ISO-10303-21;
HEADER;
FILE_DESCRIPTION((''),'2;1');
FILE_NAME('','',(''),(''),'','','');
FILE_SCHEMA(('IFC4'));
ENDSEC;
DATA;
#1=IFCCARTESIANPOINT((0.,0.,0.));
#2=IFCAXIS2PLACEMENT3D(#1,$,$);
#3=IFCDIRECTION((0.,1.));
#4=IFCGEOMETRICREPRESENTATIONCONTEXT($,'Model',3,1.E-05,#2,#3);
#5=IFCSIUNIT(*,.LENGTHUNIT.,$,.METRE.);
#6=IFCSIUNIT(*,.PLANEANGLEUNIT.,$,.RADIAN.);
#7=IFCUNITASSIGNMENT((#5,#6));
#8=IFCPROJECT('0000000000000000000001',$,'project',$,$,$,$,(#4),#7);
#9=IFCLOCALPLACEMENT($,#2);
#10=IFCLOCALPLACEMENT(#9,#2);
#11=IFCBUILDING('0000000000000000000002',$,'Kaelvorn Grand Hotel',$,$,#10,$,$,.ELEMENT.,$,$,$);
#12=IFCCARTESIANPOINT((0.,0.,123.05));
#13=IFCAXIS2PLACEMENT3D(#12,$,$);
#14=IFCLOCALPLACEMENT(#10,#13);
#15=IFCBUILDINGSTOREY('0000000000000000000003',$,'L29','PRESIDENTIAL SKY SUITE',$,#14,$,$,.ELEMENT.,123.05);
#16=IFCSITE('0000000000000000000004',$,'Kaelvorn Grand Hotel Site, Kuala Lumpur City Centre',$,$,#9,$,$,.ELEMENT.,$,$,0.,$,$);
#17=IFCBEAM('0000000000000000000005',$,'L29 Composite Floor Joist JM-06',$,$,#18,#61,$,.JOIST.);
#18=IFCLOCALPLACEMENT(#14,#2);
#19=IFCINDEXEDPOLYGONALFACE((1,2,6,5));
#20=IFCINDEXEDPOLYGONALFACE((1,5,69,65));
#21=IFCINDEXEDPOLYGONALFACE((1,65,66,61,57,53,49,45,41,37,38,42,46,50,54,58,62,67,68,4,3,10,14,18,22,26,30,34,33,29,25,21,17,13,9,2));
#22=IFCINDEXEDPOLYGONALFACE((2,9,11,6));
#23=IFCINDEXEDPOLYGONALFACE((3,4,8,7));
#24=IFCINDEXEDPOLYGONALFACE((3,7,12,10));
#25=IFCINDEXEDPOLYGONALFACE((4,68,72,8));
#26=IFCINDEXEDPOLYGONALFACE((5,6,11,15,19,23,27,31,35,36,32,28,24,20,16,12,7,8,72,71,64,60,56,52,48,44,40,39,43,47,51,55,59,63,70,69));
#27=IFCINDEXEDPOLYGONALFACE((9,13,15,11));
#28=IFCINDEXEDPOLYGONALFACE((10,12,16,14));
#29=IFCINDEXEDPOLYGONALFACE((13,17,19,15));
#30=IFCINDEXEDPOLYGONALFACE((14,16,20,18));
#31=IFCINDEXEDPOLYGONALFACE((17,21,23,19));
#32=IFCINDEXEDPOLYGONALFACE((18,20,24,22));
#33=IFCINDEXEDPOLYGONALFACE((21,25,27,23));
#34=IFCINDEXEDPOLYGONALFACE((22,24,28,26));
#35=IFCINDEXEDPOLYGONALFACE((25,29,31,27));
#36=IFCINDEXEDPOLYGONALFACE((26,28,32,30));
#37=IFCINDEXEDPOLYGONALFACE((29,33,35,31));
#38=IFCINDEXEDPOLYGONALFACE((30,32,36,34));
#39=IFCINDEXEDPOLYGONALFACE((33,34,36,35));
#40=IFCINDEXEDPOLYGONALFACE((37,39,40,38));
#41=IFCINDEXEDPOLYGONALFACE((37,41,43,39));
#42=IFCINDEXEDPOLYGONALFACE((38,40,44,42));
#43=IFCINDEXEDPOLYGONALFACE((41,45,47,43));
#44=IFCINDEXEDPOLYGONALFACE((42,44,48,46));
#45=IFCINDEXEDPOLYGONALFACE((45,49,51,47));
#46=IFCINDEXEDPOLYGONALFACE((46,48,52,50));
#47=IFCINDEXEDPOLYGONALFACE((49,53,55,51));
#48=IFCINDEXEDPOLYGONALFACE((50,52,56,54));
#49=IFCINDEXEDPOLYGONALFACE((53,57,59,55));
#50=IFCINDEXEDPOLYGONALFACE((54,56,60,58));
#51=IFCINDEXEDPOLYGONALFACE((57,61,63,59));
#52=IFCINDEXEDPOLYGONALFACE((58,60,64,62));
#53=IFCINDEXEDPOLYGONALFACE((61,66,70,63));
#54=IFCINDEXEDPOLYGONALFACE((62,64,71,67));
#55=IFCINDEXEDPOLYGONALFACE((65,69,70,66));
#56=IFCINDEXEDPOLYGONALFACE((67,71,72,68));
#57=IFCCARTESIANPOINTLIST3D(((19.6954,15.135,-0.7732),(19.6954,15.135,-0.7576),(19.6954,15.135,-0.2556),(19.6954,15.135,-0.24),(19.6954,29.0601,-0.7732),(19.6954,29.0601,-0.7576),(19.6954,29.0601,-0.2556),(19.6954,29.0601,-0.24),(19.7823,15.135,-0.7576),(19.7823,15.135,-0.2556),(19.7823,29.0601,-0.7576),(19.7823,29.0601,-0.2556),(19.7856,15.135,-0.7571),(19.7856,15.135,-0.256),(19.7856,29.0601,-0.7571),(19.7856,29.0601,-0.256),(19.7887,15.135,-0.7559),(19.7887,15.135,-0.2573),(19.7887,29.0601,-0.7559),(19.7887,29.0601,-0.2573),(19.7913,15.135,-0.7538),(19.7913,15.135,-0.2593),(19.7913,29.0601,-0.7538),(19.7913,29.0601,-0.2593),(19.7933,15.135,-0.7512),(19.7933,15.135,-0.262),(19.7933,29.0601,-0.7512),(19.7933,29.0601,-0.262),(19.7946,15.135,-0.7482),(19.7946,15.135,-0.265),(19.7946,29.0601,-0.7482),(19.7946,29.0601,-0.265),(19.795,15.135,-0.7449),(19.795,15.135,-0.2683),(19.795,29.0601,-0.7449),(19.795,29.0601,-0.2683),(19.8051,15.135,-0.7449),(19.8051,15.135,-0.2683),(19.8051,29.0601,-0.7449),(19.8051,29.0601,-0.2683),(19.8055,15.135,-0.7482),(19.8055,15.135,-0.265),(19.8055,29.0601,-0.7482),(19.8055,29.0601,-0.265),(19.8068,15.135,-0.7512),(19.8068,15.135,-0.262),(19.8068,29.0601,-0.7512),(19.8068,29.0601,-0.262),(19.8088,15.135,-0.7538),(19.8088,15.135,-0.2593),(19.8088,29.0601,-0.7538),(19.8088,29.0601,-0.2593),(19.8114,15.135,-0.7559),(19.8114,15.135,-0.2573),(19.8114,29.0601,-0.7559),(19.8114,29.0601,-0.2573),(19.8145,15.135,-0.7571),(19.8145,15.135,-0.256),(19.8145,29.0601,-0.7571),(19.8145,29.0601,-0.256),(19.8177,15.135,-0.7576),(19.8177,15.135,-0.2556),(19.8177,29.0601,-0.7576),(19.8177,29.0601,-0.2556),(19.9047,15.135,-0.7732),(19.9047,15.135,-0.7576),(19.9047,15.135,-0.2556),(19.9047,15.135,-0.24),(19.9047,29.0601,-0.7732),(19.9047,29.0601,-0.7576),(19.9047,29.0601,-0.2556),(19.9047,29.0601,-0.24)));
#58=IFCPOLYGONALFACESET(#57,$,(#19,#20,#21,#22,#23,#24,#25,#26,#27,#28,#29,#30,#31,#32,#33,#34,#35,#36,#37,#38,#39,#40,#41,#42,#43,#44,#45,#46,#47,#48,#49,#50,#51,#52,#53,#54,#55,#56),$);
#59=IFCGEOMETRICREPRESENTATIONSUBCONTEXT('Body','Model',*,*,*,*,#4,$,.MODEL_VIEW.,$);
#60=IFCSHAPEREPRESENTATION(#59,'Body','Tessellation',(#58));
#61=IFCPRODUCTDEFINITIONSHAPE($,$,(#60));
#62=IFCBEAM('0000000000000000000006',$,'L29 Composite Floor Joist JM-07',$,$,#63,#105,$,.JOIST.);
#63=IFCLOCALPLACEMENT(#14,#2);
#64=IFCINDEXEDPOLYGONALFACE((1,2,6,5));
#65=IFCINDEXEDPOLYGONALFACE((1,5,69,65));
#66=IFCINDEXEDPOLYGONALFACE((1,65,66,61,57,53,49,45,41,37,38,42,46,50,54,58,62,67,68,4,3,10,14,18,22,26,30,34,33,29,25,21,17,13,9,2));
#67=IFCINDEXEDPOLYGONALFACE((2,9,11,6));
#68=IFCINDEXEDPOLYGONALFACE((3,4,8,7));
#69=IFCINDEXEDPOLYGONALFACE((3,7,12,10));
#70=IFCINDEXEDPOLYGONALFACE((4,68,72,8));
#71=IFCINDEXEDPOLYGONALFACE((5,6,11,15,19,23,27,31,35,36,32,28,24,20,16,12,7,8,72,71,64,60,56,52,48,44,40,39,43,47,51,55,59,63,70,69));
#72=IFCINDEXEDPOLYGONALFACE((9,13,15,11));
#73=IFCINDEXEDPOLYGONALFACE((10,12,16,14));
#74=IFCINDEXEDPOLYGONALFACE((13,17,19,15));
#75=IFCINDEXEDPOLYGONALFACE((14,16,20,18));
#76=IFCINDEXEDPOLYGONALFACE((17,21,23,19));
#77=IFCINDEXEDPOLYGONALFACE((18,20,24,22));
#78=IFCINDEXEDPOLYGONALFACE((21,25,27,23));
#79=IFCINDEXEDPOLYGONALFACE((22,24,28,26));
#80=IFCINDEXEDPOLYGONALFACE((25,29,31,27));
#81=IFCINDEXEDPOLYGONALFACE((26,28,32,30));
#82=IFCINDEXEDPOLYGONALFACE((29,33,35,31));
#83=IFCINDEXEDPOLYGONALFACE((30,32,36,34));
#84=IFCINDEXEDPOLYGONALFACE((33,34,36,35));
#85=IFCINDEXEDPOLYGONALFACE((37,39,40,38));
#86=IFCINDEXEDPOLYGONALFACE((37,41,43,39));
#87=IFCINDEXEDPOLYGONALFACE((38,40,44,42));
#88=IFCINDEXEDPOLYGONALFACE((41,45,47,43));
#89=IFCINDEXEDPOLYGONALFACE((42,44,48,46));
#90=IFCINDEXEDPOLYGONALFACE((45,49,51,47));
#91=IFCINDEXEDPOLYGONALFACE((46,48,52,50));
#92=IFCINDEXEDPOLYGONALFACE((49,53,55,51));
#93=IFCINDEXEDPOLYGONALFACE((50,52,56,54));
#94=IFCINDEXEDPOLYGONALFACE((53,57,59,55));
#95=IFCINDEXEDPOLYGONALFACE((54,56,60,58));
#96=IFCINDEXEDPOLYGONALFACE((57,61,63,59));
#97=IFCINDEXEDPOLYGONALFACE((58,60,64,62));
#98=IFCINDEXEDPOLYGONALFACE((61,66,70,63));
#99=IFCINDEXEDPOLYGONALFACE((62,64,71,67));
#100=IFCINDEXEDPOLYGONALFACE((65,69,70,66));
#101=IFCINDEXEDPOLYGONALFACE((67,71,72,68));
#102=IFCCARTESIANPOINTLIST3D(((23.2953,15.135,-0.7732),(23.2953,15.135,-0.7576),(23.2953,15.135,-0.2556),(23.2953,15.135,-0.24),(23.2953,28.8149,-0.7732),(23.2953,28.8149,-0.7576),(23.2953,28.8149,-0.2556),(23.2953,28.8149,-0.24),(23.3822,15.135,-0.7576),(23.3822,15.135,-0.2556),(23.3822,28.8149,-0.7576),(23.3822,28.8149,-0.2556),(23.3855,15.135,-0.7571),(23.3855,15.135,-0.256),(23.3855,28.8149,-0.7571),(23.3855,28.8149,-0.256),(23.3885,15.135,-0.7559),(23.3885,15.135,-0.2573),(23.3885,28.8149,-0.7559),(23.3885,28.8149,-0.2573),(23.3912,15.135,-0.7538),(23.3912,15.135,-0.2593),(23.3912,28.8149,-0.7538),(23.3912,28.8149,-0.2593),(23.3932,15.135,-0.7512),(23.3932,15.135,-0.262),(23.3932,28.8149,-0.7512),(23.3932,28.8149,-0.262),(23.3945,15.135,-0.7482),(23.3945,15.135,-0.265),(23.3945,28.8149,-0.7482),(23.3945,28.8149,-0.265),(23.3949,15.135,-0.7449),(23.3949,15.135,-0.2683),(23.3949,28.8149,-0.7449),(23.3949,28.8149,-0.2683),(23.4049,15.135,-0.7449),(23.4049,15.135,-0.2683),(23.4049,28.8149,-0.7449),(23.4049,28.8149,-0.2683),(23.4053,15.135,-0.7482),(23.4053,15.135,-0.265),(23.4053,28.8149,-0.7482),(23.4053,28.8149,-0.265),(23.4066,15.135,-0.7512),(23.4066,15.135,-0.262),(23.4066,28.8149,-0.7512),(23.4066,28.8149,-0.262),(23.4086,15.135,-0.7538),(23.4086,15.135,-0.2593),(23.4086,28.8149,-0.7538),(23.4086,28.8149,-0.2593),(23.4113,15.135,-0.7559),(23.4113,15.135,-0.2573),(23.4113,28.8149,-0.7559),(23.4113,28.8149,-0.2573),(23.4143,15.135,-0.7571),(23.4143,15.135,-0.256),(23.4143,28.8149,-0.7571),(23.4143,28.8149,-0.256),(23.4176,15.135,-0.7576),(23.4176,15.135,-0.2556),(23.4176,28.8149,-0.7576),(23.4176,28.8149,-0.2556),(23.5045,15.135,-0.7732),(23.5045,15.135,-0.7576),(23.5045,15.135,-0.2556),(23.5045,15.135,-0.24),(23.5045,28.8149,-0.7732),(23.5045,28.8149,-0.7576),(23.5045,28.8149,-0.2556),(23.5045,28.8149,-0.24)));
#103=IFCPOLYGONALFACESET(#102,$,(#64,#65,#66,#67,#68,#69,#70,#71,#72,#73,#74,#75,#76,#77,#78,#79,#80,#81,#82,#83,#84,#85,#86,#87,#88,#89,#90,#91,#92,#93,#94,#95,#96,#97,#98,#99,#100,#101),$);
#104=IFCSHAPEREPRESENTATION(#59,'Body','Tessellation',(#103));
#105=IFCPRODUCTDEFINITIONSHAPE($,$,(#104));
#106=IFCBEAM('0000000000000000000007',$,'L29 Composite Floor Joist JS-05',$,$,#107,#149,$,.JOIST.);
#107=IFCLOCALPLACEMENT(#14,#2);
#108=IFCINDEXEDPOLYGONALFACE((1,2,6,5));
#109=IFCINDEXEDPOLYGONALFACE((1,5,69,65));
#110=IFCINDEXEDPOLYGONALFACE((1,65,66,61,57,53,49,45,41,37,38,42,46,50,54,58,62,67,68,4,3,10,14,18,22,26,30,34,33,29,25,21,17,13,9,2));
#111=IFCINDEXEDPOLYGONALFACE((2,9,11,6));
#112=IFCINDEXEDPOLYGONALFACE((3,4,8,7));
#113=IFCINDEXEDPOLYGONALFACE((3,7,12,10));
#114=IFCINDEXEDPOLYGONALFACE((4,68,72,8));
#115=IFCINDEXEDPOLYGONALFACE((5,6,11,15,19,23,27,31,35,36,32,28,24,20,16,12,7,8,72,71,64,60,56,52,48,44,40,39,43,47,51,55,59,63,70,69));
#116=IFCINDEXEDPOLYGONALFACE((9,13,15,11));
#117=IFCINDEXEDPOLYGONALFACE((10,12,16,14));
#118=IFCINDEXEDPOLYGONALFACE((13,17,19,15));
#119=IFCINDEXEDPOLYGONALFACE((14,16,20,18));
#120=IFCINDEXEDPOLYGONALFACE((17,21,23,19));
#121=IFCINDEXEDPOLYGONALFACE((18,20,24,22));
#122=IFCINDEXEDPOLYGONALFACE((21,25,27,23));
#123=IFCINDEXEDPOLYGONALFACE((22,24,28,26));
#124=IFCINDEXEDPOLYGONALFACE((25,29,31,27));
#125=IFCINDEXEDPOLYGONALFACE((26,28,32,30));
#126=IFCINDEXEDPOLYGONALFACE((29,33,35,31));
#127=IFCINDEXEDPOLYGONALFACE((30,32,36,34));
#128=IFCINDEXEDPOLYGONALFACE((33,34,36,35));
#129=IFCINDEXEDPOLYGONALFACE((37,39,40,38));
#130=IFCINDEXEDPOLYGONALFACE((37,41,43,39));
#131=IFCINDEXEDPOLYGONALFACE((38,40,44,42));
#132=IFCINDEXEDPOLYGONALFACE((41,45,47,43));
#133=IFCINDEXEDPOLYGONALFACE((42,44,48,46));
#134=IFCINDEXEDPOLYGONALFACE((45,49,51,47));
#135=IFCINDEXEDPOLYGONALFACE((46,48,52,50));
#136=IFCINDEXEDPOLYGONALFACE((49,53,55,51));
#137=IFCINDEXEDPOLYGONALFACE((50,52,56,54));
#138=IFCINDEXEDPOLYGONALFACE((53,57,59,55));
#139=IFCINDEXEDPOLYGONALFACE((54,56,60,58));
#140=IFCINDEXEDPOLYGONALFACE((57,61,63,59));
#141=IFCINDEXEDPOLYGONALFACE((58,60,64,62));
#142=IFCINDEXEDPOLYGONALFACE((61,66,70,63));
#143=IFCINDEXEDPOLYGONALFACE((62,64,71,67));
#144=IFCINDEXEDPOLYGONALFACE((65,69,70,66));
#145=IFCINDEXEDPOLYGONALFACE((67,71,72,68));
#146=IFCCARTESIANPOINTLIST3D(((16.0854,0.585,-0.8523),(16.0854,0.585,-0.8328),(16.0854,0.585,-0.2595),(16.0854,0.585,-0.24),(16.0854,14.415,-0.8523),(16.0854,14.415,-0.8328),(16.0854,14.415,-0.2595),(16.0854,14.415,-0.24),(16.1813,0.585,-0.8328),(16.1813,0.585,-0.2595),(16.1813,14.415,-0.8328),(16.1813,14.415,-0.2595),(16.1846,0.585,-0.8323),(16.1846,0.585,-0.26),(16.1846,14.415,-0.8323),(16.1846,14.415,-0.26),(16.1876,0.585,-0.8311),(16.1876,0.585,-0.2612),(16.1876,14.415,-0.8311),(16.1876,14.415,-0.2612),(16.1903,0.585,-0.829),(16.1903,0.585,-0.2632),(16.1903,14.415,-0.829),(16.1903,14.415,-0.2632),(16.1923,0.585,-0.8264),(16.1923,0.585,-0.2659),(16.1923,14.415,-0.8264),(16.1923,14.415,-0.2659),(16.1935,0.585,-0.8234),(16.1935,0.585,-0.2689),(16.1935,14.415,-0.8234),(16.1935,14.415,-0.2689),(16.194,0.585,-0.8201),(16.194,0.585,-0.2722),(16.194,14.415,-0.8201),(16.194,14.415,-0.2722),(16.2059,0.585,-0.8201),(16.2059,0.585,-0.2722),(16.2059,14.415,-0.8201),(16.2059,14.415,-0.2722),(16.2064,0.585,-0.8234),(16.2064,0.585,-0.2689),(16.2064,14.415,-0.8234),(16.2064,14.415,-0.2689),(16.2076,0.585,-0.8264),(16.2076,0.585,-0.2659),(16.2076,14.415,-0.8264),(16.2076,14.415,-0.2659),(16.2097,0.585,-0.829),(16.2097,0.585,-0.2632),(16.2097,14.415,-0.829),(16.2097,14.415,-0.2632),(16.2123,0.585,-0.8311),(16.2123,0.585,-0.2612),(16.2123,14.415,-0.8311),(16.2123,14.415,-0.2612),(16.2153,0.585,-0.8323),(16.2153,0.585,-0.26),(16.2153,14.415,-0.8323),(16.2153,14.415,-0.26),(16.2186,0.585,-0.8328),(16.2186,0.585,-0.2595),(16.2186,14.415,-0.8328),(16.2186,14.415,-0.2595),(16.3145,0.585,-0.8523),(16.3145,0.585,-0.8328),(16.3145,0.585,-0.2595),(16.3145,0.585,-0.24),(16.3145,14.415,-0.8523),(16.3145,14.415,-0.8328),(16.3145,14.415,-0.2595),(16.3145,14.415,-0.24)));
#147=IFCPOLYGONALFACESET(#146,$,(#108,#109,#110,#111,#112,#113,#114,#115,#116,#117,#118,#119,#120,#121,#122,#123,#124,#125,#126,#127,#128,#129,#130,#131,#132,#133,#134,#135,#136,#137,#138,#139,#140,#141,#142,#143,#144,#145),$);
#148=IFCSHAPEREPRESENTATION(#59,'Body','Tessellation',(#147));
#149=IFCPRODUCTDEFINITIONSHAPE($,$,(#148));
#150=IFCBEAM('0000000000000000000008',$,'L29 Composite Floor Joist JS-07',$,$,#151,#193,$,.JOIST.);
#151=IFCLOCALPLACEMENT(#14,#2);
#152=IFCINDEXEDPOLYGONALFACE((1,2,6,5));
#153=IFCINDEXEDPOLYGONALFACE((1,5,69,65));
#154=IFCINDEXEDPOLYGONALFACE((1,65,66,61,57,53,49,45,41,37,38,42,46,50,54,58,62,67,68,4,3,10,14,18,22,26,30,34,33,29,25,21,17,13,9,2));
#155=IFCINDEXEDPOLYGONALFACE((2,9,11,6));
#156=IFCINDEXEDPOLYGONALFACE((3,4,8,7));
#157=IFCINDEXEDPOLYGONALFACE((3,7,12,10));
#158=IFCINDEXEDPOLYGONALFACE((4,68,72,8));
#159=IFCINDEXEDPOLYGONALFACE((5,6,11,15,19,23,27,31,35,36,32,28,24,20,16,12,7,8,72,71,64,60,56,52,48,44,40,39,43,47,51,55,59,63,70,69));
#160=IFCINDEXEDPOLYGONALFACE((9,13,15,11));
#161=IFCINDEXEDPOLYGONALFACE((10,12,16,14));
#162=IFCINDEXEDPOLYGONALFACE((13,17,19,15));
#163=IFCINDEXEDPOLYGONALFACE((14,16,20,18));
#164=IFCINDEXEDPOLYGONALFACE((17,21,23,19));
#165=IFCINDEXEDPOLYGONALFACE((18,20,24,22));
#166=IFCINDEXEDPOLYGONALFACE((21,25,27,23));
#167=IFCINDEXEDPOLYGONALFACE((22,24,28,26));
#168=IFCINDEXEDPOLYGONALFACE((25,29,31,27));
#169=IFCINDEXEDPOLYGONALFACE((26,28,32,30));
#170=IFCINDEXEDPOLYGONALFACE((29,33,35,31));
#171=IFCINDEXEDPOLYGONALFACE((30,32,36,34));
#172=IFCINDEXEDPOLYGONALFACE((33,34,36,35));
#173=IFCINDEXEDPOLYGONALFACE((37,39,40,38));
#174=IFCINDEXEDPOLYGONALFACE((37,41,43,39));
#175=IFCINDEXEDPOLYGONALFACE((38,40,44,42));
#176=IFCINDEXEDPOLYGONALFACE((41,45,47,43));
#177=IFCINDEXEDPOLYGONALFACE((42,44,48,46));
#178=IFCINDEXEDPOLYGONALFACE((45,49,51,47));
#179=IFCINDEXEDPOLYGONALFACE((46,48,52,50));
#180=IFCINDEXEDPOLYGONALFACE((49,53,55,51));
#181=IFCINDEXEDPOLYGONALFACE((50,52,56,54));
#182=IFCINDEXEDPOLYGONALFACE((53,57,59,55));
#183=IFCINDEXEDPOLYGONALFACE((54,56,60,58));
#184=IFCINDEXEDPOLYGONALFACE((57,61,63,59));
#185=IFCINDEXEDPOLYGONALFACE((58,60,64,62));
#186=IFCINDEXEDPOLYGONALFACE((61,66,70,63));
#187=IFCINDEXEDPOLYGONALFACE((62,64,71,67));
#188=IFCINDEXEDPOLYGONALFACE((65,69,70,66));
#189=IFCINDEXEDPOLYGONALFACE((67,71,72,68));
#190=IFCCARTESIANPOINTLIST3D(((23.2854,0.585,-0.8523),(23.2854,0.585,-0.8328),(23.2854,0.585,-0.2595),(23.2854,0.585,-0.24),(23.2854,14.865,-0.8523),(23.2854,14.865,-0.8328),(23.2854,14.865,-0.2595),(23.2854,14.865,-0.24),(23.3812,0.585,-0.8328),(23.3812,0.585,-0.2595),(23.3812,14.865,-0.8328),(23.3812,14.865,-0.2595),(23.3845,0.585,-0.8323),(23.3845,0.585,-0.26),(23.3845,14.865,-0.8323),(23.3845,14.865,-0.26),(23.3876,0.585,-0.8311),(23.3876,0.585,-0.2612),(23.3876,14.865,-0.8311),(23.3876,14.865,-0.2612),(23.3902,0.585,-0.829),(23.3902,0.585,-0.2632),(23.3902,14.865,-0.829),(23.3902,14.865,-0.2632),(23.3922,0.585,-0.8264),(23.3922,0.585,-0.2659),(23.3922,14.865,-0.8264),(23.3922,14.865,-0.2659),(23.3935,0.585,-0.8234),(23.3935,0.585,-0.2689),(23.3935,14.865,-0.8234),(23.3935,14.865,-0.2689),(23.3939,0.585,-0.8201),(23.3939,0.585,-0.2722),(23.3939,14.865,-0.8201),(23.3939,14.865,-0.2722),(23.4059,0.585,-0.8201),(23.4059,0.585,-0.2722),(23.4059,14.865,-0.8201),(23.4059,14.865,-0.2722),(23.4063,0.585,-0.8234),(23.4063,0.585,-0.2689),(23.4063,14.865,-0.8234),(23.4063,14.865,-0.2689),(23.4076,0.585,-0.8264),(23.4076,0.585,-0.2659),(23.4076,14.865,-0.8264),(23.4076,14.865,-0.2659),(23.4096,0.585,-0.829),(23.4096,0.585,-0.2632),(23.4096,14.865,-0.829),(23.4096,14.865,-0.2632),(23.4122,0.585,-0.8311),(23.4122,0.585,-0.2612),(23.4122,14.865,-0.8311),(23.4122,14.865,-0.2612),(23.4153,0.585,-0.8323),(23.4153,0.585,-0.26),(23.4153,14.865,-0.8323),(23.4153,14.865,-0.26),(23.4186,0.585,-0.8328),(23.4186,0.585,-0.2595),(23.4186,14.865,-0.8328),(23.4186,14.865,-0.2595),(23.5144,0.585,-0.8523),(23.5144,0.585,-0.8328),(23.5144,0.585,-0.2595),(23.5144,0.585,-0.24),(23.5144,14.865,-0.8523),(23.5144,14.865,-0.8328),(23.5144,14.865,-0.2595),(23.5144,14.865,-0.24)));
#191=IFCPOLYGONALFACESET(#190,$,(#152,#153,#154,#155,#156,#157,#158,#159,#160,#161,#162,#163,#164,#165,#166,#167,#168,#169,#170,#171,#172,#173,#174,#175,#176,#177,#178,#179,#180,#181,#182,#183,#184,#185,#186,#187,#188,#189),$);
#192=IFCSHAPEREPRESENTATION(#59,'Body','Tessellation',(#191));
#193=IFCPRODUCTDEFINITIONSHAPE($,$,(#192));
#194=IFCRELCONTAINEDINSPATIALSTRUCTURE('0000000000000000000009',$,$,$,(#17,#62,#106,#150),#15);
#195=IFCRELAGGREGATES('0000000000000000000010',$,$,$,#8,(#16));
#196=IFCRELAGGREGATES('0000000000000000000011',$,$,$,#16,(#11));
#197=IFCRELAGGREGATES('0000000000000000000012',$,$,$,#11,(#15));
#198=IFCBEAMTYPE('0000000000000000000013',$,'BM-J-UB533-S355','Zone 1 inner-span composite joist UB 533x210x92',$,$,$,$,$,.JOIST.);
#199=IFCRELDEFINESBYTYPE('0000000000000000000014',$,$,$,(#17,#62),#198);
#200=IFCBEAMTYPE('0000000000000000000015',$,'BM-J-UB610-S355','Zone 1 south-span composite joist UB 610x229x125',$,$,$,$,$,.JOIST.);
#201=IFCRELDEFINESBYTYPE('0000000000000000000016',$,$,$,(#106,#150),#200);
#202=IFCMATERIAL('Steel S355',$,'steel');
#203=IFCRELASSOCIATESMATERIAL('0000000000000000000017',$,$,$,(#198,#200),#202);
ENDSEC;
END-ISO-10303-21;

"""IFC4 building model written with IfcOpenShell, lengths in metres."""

from ifc_helpers import new_model, si_unit, direction, frame, origin, origin_2d, place, context, subcontext, project, spatial, i_section, extrude, material, material_profile, profile_set, type_object, element, save


model = new_model("IFC4")

# Units and contexts
model_context = context("Model", 3, precision=1e-05, world=origin(), true_north=direction((0.0, 1.0)))
body_context = subcontext(model_context, "Body", "Model", "MODEL_VIEW")
ifc_project = project(units=[si_unit("LENGTHUNIT", "METRE"), si_unit("PLANEANGLEUNIT", "RADIAN")], contexts=[model_context])

# Site, building, storey
site_placement = place(None, origin())
site = spatial("IfcSite", under=ifc_project, at=site_placement, Name="Kaelvorn Grand Hotel Site, Kuala Lumpur City Centre", CompositionType="ELEMENT", RefElevation=0.0)
building_placement = place(site_placement, origin())
building = spatial("IfcBuilding", under=site, at=building_placement, Name="Kaelvorn Grand Hotel", CompositionType="ELEMENT")
storey_placement = place(building_placement, frame((0.0, 0.0, 123.05)))
storey = spatial("IfcBuildingStorey", under=building, at=storey_placement, Name="L29", Description="PRESIDENTIAL SKY SUITE", CompositionType="ELEMENT", Elevation=123.05)

# Beams
ifc_material_1 = material(Name="Steel S355", Category="steel")
ifc_material_profile_1 = material_profile(ifc_material_1, i_section(OverallWidth=0.2092, OverallDepth=0.5332, WebThickness=0.01, FlangeThickness=0.0156, FilletRadius=0.0127, at=origin_2d()), Name="UB 533x210x92")
ifc_profile_set_1 = profile_set([ifc_material_profile_1], Name="Steel S355")
beam_type_1 = type_object("IfcBeamType", Name="BM-J-UB533-S355", Description="Zone 1 inner-span composite joist UB 533x210x92", PredefinedType="JOIST", material=ifc_profile_set_1)
beam_1_placement = place(storey_placement, frame((19.8, 15.135, -0.5066), z_axis=(0.0, 1.0, 0.0), x_axis=(-1.0, 0.0, 0.0)))
element("IfcBeam", 1, at=beam_1_placement, inside=storey, type_object=beam_type_1, Name="L29 Composite Floor Joist JM-06", PredefinedType="JOIST", context=body_context, shape_type="SweptSolid", body=[
    extrude(i_section(OverallWidth=0.2092, OverallDepth=0.5332, WebThickness=0.01, FlangeThickness=0.0156, FilletRadius=0.0127, at=origin_2d()), origin(), (0.0, 0.0, 1.0), 13.925),
])
beam_2_placement = place(storey_placement, frame((23.3999, 15.135, -0.5066), z_axis=(0.0, 1.0, 0.0), x_axis=(-1.0, 0.0, 0.0)))
element("IfcBeam", 2, at=beam_2_placement, inside=storey, type_object=beam_type_1, Name="L29 Composite Floor Joist JM-07", PredefinedType="JOIST", context=body_context, shape_type="SweptSolid", body=[
    extrude(i_section(OverallWidth=0.2092, OverallDepth=0.5332, WebThickness=0.01, FlangeThickness=0.0156, FilletRadius=0.0127, at=origin_2d()), origin(), (0.0, 0.0, 1.0), 13.6799),
])
ifc_material_profile_2 = material_profile(ifc_material_1, i_section(OverallWidth=0.229, OverallDepth=0.6123, WebThickness=0.012, FlangeThickness=0.0195, FilletRadius=0.0127, at=origin_2d()), Name="UB 610x229x125")
ifc_profile_set_2 = profile_set([ifc_material_profile_2], Name="Steel S355")
beam_type_2 = type_object("IfcBeamType", Name="BM-J-UB610-S355", Description="Zone 1 south-span composite joist UB 610x229x125", PredefinedType="JOIST", material=ifc_profile_set_2)
beam_3_placement = place(storey_placement, frame((16.2, 0.585, -0.5461), z_axis=(0.0, 1.0, 0.0), x_axis=(-1.0, 0.0, 0.0)))
element("IfcBeam", 3, at=beam_3_placement, inside=storey, type_object=beam_type_2, Name="L29 Composite Floor Joist JS-05", PredefinedType="JOIST", context=body_context, shape_type="SweptSolid", body=[
    extrude(i_section(OverallWidth=0.229, OverallDepth=0.6123, WebThickness=0.012, FlangeThickness=0.0195, FilletRadius=0.0127, at=origin_2d()), origin(), (0.0, 0.0, 1.0), 13.8301),
])
beam_4_placement = place(storey_placement, frame((23.3999, 0.585, -0.5461), z_axis=(0.0, 1.0, 0.0), x_axis=(-1.0, 0.0, 0.0)))
element("IfcBeam", 4, at=beam_4_placement, inside=storey, type_object=beam_type_2, Name="L29 Composite Floor Joist JS-07", PredefinedType="JOIST", context=body_context, shape_type="SweptSolid", body=[
    extrude(i_section(OverallWidth=0.229, OverallDepth=0.6123, WebThickness=0.012, FlangeThickness=0.0195, FilletRadius=0.0127, at=origin_2d()), origin(), (0.0, 0.0, 1.0), 14.28),
])

save(model, "model.ifc")
